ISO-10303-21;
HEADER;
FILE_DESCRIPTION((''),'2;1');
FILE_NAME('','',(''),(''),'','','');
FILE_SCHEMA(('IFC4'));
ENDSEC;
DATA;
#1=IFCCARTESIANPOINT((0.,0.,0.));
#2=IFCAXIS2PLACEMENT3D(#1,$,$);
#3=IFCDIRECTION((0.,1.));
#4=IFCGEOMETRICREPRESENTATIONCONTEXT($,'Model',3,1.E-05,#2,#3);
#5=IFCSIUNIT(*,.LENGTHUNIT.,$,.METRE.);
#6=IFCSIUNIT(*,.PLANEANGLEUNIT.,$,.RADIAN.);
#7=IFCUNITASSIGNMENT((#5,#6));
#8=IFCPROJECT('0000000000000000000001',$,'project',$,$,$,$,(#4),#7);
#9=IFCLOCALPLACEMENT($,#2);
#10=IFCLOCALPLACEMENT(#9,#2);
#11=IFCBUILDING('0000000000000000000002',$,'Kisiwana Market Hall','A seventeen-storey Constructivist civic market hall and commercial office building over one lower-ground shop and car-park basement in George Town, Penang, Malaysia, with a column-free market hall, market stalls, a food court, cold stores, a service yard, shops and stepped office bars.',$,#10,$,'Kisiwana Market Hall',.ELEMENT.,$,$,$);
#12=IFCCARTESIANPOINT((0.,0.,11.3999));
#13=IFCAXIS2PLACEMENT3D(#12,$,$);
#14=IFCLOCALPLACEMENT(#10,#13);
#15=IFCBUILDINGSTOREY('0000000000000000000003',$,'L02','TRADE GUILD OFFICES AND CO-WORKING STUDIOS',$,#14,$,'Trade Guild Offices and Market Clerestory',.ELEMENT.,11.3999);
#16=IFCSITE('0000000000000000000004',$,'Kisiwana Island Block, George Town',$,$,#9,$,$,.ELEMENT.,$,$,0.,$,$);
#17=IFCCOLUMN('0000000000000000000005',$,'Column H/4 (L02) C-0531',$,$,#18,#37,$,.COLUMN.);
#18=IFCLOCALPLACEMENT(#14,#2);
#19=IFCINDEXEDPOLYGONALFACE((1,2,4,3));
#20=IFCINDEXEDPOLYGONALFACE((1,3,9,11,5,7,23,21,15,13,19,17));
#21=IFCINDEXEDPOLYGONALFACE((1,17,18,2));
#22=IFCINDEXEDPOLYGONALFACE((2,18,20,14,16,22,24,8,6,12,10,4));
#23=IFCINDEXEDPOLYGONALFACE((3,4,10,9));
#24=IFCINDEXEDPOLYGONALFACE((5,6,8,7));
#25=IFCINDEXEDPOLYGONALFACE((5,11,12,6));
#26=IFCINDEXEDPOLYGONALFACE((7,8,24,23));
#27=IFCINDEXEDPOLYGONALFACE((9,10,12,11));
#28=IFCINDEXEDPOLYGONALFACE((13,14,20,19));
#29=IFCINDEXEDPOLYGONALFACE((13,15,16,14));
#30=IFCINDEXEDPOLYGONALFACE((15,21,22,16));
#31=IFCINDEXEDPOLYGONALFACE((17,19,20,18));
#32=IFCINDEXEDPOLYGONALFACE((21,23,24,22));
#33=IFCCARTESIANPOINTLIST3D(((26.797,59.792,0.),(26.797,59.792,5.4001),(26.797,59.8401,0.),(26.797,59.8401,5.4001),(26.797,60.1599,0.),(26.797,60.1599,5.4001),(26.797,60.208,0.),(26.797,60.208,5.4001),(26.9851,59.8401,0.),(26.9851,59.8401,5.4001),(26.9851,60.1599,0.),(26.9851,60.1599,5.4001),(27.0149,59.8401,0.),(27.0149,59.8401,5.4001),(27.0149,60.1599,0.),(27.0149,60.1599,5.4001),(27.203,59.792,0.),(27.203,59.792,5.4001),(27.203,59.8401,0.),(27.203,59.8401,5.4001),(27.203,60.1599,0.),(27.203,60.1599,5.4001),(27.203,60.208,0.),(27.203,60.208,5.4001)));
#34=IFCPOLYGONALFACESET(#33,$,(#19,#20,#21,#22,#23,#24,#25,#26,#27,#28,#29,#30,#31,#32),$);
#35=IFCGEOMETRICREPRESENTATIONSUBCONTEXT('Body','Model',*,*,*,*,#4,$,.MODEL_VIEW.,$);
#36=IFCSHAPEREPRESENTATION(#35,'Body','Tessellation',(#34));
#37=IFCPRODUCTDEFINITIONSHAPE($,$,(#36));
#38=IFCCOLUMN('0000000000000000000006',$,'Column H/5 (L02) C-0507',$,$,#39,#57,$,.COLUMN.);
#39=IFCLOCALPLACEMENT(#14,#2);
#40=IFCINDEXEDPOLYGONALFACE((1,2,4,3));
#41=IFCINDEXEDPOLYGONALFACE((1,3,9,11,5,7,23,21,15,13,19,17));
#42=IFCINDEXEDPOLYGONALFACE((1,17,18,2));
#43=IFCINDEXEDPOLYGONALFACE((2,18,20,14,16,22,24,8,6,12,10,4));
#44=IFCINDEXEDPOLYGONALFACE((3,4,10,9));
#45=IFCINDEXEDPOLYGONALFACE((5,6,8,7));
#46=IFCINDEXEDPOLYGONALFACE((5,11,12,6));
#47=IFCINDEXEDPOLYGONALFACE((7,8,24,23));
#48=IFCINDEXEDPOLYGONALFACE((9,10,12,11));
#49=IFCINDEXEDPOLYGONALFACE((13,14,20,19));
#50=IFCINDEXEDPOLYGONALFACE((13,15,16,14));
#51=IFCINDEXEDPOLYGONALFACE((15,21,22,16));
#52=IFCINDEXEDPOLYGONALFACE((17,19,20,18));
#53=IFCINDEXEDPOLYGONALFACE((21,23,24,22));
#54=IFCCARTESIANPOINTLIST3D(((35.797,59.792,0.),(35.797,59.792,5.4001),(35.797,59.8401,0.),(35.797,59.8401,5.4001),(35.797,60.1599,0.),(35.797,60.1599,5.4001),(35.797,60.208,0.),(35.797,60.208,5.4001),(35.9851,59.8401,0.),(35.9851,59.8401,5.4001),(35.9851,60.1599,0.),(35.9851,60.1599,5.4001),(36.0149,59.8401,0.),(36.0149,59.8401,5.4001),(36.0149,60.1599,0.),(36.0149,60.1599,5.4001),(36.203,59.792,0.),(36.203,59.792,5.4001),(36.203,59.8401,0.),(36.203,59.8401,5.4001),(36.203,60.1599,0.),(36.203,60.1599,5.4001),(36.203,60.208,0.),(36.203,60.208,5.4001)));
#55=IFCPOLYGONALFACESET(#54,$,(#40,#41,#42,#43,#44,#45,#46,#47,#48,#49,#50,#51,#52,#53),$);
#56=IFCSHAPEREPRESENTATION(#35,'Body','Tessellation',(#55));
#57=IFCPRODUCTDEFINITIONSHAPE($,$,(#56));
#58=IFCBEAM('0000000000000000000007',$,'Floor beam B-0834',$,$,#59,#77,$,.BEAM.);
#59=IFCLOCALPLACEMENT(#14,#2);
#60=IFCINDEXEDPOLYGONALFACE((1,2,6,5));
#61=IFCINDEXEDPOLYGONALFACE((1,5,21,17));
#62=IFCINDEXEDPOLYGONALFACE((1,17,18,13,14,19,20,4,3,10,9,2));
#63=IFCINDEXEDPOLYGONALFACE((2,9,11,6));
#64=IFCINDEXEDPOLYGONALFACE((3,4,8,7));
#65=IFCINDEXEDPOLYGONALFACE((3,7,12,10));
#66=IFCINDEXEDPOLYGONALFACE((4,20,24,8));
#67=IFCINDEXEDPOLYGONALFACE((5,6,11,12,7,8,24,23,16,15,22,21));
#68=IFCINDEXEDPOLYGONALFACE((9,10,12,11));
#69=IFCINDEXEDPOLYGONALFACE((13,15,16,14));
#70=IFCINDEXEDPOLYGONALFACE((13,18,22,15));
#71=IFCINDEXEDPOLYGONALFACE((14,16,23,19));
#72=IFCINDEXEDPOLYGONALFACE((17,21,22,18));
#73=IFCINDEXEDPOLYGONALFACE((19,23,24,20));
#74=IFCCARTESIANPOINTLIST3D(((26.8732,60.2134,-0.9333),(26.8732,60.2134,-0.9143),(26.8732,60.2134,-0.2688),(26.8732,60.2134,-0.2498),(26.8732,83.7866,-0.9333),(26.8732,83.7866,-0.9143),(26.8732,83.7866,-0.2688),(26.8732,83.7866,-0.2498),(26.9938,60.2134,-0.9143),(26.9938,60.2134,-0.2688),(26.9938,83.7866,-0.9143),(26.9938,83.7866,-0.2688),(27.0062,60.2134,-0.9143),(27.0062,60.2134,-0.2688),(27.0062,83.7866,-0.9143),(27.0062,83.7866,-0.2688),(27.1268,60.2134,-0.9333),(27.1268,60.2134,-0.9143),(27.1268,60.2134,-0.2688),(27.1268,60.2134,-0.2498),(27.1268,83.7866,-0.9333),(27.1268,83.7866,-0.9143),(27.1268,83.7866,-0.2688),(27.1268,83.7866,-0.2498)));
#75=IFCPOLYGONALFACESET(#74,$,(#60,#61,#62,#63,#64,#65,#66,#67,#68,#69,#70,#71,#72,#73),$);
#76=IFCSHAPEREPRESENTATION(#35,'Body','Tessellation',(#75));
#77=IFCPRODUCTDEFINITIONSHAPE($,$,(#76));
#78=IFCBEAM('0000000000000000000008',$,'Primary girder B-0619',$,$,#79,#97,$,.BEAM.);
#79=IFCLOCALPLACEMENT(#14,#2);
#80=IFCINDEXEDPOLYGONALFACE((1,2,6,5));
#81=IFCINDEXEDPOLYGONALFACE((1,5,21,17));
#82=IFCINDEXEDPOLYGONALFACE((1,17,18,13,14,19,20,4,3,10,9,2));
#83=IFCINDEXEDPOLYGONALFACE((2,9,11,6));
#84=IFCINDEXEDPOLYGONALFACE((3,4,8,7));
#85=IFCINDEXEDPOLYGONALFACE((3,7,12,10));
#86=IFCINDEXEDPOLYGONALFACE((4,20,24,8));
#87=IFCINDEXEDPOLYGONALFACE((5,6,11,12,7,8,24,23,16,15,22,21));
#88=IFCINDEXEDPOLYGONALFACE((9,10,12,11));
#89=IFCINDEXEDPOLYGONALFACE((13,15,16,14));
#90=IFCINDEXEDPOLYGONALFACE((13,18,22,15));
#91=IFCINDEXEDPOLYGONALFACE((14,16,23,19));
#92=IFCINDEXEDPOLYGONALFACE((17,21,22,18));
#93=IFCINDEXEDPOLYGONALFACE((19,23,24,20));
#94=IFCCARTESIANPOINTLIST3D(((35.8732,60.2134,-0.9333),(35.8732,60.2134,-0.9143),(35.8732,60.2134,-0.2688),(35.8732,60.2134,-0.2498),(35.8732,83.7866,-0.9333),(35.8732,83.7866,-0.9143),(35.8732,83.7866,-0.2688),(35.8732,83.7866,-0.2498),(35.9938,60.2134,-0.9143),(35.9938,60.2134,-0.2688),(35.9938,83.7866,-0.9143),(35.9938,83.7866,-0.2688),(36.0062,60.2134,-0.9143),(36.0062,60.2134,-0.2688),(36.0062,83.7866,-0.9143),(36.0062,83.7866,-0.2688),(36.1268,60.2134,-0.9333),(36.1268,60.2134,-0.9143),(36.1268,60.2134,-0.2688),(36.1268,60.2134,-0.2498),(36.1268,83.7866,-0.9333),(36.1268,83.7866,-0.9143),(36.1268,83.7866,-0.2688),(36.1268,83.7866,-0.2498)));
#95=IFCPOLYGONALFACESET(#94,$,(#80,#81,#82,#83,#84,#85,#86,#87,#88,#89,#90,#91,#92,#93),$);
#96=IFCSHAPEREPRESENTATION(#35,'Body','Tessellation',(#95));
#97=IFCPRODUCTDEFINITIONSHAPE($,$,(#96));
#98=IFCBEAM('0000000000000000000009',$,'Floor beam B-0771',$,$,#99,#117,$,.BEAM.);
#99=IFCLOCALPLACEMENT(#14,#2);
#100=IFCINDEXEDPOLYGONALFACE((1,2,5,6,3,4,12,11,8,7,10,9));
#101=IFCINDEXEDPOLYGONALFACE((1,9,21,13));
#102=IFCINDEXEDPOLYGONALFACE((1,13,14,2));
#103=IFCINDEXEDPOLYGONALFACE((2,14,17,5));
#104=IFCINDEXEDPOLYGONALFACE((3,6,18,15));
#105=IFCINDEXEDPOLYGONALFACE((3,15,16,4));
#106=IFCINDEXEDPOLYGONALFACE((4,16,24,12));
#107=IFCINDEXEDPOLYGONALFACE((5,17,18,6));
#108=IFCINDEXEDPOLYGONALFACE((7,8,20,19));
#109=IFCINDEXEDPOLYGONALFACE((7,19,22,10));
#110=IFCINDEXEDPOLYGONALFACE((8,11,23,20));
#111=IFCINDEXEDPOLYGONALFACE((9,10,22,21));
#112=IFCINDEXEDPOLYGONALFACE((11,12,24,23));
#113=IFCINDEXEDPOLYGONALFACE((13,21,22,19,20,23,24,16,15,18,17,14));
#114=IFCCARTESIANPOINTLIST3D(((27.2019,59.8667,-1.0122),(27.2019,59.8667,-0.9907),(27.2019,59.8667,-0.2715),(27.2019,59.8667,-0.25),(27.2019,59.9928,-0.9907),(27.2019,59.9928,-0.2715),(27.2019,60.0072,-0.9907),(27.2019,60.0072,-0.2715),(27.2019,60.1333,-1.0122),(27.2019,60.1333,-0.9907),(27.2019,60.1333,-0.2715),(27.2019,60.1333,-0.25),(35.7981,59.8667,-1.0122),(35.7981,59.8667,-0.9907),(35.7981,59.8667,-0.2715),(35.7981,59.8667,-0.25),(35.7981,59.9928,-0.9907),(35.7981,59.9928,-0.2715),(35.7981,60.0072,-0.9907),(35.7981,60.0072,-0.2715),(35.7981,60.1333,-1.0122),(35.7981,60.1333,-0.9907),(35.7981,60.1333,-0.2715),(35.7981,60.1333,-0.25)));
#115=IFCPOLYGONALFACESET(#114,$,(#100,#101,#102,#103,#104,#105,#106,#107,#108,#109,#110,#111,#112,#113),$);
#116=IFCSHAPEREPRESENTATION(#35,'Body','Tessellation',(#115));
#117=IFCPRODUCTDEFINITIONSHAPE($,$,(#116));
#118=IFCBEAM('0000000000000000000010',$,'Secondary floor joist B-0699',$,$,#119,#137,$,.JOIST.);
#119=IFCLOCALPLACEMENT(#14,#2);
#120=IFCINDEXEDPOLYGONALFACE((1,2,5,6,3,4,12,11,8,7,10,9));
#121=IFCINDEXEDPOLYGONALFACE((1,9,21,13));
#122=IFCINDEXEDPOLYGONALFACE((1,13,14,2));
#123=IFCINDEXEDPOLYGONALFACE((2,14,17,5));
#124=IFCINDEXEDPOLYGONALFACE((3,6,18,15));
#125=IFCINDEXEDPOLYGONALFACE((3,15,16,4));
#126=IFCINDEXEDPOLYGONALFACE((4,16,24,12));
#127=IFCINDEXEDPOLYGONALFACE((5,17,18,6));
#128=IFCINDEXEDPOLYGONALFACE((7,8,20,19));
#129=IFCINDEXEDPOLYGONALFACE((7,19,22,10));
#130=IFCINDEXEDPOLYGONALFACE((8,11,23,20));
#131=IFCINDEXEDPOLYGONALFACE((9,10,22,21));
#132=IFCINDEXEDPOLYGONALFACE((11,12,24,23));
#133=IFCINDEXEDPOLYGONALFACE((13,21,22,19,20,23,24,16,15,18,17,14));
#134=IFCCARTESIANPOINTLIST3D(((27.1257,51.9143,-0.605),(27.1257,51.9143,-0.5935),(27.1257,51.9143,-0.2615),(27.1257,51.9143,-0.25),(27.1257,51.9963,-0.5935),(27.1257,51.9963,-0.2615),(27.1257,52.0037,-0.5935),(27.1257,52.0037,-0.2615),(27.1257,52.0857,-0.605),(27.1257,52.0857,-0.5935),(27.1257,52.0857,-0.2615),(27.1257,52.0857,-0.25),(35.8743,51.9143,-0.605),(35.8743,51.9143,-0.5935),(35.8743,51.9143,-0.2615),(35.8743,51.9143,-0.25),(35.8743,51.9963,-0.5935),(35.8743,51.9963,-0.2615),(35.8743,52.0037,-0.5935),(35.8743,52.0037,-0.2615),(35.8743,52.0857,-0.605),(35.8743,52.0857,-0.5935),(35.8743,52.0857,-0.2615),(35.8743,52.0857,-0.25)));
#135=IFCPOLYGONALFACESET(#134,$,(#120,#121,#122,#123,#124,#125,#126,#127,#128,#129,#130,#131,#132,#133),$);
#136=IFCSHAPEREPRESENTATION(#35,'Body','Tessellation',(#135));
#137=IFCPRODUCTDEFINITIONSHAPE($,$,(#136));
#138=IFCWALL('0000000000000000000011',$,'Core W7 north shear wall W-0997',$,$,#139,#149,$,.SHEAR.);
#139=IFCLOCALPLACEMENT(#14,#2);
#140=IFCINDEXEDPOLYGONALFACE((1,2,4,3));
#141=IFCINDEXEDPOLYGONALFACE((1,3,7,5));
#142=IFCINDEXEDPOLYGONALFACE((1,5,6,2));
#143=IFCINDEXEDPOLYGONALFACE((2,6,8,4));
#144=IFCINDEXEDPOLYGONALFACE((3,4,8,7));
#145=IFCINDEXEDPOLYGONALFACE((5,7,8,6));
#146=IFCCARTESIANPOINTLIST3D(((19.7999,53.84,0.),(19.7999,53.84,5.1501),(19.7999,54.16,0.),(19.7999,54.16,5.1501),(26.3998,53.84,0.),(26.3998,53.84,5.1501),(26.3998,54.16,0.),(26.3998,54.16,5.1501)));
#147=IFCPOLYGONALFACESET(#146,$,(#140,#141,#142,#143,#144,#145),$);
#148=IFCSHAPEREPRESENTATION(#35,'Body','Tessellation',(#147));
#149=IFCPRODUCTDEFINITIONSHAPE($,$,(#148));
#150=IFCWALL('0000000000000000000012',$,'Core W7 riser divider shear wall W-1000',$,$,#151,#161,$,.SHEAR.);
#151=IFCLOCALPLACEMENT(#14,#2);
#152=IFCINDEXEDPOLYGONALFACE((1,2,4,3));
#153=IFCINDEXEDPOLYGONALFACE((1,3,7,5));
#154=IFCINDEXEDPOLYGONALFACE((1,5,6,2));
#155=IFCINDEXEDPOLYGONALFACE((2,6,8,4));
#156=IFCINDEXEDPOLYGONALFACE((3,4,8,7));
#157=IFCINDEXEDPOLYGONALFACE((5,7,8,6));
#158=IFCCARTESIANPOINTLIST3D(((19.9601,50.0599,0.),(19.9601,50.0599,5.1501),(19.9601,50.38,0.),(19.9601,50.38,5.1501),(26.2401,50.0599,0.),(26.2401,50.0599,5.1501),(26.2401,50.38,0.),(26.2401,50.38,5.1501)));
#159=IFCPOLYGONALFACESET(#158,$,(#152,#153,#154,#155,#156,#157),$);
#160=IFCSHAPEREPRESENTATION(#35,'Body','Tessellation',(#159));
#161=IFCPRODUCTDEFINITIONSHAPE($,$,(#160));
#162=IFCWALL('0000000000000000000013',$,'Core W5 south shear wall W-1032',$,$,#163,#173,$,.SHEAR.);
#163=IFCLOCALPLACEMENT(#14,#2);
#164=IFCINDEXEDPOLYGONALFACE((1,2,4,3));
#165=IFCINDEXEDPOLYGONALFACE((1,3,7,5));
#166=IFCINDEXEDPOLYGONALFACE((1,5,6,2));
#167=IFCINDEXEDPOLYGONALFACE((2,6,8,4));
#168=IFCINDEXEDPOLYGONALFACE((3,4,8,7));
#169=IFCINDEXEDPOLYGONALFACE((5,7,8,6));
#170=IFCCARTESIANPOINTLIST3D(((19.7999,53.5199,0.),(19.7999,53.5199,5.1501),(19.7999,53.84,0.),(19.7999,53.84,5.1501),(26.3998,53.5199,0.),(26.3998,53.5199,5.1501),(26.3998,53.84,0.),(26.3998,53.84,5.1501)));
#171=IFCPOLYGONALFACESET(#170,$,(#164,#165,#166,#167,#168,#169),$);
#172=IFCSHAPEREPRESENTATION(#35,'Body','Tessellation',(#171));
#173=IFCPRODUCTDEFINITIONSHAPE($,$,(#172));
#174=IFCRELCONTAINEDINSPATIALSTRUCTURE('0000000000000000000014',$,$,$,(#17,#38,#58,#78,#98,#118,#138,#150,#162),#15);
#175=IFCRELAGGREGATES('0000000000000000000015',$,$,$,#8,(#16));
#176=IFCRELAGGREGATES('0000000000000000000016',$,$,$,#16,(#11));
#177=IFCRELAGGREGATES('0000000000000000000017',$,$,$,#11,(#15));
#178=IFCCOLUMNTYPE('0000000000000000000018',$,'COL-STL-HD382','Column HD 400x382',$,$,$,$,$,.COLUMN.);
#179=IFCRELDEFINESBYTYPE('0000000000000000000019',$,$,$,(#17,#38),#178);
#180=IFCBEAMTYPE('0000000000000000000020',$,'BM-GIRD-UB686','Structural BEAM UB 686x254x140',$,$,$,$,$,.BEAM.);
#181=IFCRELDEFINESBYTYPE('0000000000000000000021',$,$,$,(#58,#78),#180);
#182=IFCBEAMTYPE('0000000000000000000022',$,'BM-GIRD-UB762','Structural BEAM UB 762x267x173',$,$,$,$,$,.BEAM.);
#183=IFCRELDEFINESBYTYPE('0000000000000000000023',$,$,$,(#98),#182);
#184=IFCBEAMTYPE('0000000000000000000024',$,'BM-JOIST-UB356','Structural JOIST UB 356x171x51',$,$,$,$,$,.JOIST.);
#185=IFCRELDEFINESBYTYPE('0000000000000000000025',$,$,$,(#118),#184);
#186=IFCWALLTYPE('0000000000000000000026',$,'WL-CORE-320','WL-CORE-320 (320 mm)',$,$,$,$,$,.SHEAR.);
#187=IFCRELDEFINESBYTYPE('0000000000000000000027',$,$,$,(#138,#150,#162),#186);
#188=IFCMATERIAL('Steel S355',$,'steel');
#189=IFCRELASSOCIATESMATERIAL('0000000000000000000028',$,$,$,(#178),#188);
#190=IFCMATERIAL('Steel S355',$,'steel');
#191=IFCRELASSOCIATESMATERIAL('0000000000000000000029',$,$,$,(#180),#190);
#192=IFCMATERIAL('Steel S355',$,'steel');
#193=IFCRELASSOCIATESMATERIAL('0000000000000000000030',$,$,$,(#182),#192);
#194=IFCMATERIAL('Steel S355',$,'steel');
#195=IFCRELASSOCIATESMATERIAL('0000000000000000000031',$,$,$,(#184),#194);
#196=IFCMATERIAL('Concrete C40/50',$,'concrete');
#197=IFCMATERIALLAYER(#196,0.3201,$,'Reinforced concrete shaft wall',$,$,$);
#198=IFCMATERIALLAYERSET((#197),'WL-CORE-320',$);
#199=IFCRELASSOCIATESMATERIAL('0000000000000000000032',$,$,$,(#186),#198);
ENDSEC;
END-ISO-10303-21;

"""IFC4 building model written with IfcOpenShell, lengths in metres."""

from ifc_helpers import new_model, si_unit, direction, frame, frame_2d, origin, origin_2d, place, context, subcontext, project, spatial, rectangle, i_section, extrude, material, layer, layer_set, material_profile, profile_set, type_object, element, save


model = new_model("IFC4")

# Units and contexts
model_context = context("Model", 3, precision=1e-05, world=origin(), true_north=direction((0.0, 1.0)))
body_context = subcontext(model_context, "Body", "Model", "MODEL_VIEW")
ifc_project = project(units=[si_unit("LENGTHUNIT", "METRE"), si_unit("PLANEANGLEUNIT", "RADIAN")], contexts=[model_context])

# Site, building, storey
site_placement = place(None, origin())
site = spatial("IfcSite", under=ifc_project, at=site_placement, Name="Kisiwana Island Block, George Town", CompositionType="ELEMENT", RefElevation=0.0)
building_placement = place(site_placement, origin())
building = spatial("IfcBuilding", under=site, at=building_placement, Name="Kisiwana Market Hall", Description="A seventeen-storey Constructivist civic market hall and commercial office building over one lower-ground shop and car-park basement in George Town, Penang, Malaysia, with a column-free market hall, market stalls, a food court, cold stores, a service yard, shops and stepped office bars.", LongName="Kisiwana Market Hall", CompositionType="ELEMENT")
storey_placement = place(building_placement, frame((0.0, 0.0, 11.3999)))
storey = spatial("IfcBuildingStorey", under=building, at=storey_placement, Name="L02", Description="TRADE GUILD OFFICES AND CO-WORKING STUDIOS", LongName="Trade Guild Offices and Market Clerestory", CompositionType="ELEMENT", Elevation=11.3999)

# Columns
ifc_material_1 = material(Name="Steel S355", Category="steel")
ifc_material_profile_1 = material_profile(ifc_material_1, i_section(OverallWidth=0.406, OverallDepth=0.416, WebThickness=0.0298, FlangeThickness=0.0481, at=origin_2d()), Name="HD 400x382")
ifc_profile_set_1 = profile_set([ifc_material_profile_1], Name="Steel S355")
column_type = type_object("IfcColumnType", Name="COL-STL-HD382", Description="Column HD 400x382", PredefinedType="COLUMN", material=ifc_profile_set_1)
for number, where, z_axis, x_axis, name in (
    (1, (27.0, 60.0, 0.0), (0.0, 0.0, 1.0), (1.0, 0.0, 0.0), "Column H/4 (L02) C-0531"),
    (2, (36.0, 60.0, 0.0), (0.0, 0.0, 1.0), (1.0, 0.0, 0.0), "Column H/5 (L02) C-0507"),
):
    element("IfcColumn", number, at=place(storey_placement, frame(where, z_axis=z_axis, x_axis=x_axis)), inside=storey, type_object=column_type, Name=name, PredefinedType="COLUMN", context=body_context, shape_type="SweptSolid", body=[
        extrude(i_section(OverallWidth=0.406, OverallDepth=0.416, WebThickness=0.0298, FlangeThickness=0.0481, at=origin_2d()), origin(), (0.0, 0.0, 1.0), 5.4001),
    ])

# Beams
ifc_material_2 = material(Name="Steel S355", Category="steel")
ifc_material_profile_2 = material_profile(ifc_material_2, i_section(OverallWidth=0.2537, OverallDepth=0.6836, WebThickness=0.0125, FlangeThickness=0.019, at=origin_2d()), Name="UB 686x254x140")
ifc_profile_set_2 = profile_set([ifc_material_profile_2], Name="Steel S355")
beam_type_1 = type_object("IfcBeamType", Name="BM-GIRD-UB686", Description="Structural BEAM UB 686x254x140", PredefinedType="BEAM", material=ifc_profile_set_2)
for number, where, z_axis, x_axis, name in (
    (3, (27.0, 60.2134, -0.5916), (0.0, 1.0, 0.0), (-1.0, 0.0, 0.0), "Floor beam B-0834"),
    (4, (36.0, 60.2134, -0.5916), (0.0, 1.0, 0.0), (-1.0, 0.0, 0.0), "Primary girder B-0619"),
):
    element("IfcBeam", number, at=place(storey_placement, frame(where, z_axis=z_axis, x_axis=x_axis)), inside=storey, type_object=beam_type_1, Name=name, PredefinedType="BEAM", context=body_context, shape_type="SweptSolid", body=[
        extrude(i_section(OverallWidth=0.2537, OverallDepth=0.6836, WebThickness=0.0125, FlangeThickness=0.019, at=origin_2d()), origin(), (0.0, 0.0, 1.0), 23.5732),
    ])
ifc_material_3 = material(Name="Steel S355", Category="steel")
ifc_material_profile_3 = material_profile(ifc_material_3, i_section(OverallWidth=0.2666, OverallDepth=0.7622, WebThickness=0.0144, FlangeThickness=0.0215, at=origin_2d()), Name="UB 762x267x173")
ifc_profile_set_3 = profile_set([ifc_material_profile_3], Name="Steel S355")
beam_type_2 = type_object("IfcBeamType", Name="BM-GIRD-UB762", Description="Structural BEAM UB 762x267x173", PredefinedType="BEAM", material=ifc_profile_set_3)
beam_1_placement = place(storey_placement, frame((27.2019, 60.0, -0.6311), z_axis=(1.0, 0.0, 0.0), x_axis=(0.0, 1.0, 0.0)))
element("IfcBeam", 5, at=beam_1_placement, inside=storey, type_object=beam_type_2, Name="Floor beam B-0771", PredefinedType="BEAM", context=body_context, shape_type="SweptSolid", body=[
    extrude(i_section(OverallWidth=0.2666, OverallDepth=0.7622, WebThickness=0.0144, FlangeThickness=0.0215, at=origin_2d()), origin(), (0.0, 0.0, 1.0), 8.5962),
])
ifc_material_4 = material(Name="Steel S355", Category="steel")
ifc_material_profile_4 = material_profile(ifc_material_4, i_section(OverallWidth=0.1714, OverallDepth=0.355, WebThickness=0.0073, FlangeThickness=0.0115, at=origin_2d()), Name="UB 356x171x51")
ifc_profile_set_4 = profile_set([ifc_material_profile_4], Name="Steel S355")
beam_type_3 = type_object("IfcBeamType", Name="BM-JOIST-UB356", Description="Structural JOIST UB 356x171x51", PredefinedType="JOIST", material=ifc_profile_set_4)
beam_2_placement = place(storey_placement, frame((27.1257, 52.0, -0.4275), z_axis=(1.0, 0.0, 0.0), x_axis=(0.0, 1.0, 0.0)))
element("IfcBeam", 6, at=beam_2_placement, inside=storey, type_object=beam_type_3, Name="Secondary floor joist B-0699", PredefinedType="JOIST", context=body_context, shape_type="SweptSolid", body=[
    extrude(i_section(OverallWidth=0.1714, OverallDepth=0.355, WebThickness=0.0073, FlangeThickness=0.0115, at=origin_2d()), origin(), (0.0, 0.0, 1.0), 8.7485),
])

# Walls
ifc_material_5 = material(Name="Concrete C40/50", Category="concrete")
ifc_layer_1 = layer(ifc_material_5, 0.3201, Name="Reinforced concrete shaft wall")
ifc_layer_set_1 = layer_set([ifc_layer_1], Name="WL-CORE-320")
wall_type_1 = type_object("IfcWallType", Name="WL-CORE-320", Description="WL-CORE-320 (320 mm)", PredefinedType="SHEAR", material=ifc_layer_set_1)
wall_1_placement = place(storey_placement, frame((19.8, 54.0, 0.0), z_axis=(0.0, 0.0, 1.0), x_axis=(1.0, 0.0, 0.0)))
element("IfcWall", 7, at=wall_1_placement, inside=storey, type_object=wall_type_1, Name="Core W7 north shear wall W-0997", PredefinedType="SHEAR", context=body_context, shape_type="SweptSolid", body=[
    extrude(rectangle(XDim=6.5999, YDim=0.3201, at=frame_2d((3.2998, 0.0))), origin(), (0.0, 0.0, 1.0), 5.1501),
])
wall_2_placement = place(storey_placement, frame((19.96, 50.22, 0.0), z_axis=(0.0, 0.0, 1.0), x_axis=(1.0, 0.0, 0.0)))
element("IfcWall", 8, at=wall_2_placement, inside=storey, type_object=wall_type_1, Name="Core W7 riser divider shear wall W-1000", PredefinedType="SHEAR", context=body_context, shape_type="SweptSolid", body=[
    extrude(rectangle(XDim=6.28, YDim=0.3201, at=frame_2d((3.1401, 0.0))), origin(), (0.0, 0.0, 1.0), 5.1501),
])
wall_3_placement = place(storey_placement, frame((19.8, 53.6799, 0.0), z_axis=(0.0, 0.0, 1.0), x_axis=(1.0, 0.0, 0.0)))
element("IfcWall", 9, at=wall_3_placement, inside=storey, type_object=wall_type_1, Name="Core W5 south shear wall W-1032", PredefinedType="SHEAR", context=body_context, shape_type="SweptSolid", body=[
    extrude(rectangle(XDim=6.5999, YDim=0.3201, at=frame_2d((3.2998, 0.0))), origin(), (0.0, 0.0, 1.0), 5.1501),
])

save(model, "model.ifc")
